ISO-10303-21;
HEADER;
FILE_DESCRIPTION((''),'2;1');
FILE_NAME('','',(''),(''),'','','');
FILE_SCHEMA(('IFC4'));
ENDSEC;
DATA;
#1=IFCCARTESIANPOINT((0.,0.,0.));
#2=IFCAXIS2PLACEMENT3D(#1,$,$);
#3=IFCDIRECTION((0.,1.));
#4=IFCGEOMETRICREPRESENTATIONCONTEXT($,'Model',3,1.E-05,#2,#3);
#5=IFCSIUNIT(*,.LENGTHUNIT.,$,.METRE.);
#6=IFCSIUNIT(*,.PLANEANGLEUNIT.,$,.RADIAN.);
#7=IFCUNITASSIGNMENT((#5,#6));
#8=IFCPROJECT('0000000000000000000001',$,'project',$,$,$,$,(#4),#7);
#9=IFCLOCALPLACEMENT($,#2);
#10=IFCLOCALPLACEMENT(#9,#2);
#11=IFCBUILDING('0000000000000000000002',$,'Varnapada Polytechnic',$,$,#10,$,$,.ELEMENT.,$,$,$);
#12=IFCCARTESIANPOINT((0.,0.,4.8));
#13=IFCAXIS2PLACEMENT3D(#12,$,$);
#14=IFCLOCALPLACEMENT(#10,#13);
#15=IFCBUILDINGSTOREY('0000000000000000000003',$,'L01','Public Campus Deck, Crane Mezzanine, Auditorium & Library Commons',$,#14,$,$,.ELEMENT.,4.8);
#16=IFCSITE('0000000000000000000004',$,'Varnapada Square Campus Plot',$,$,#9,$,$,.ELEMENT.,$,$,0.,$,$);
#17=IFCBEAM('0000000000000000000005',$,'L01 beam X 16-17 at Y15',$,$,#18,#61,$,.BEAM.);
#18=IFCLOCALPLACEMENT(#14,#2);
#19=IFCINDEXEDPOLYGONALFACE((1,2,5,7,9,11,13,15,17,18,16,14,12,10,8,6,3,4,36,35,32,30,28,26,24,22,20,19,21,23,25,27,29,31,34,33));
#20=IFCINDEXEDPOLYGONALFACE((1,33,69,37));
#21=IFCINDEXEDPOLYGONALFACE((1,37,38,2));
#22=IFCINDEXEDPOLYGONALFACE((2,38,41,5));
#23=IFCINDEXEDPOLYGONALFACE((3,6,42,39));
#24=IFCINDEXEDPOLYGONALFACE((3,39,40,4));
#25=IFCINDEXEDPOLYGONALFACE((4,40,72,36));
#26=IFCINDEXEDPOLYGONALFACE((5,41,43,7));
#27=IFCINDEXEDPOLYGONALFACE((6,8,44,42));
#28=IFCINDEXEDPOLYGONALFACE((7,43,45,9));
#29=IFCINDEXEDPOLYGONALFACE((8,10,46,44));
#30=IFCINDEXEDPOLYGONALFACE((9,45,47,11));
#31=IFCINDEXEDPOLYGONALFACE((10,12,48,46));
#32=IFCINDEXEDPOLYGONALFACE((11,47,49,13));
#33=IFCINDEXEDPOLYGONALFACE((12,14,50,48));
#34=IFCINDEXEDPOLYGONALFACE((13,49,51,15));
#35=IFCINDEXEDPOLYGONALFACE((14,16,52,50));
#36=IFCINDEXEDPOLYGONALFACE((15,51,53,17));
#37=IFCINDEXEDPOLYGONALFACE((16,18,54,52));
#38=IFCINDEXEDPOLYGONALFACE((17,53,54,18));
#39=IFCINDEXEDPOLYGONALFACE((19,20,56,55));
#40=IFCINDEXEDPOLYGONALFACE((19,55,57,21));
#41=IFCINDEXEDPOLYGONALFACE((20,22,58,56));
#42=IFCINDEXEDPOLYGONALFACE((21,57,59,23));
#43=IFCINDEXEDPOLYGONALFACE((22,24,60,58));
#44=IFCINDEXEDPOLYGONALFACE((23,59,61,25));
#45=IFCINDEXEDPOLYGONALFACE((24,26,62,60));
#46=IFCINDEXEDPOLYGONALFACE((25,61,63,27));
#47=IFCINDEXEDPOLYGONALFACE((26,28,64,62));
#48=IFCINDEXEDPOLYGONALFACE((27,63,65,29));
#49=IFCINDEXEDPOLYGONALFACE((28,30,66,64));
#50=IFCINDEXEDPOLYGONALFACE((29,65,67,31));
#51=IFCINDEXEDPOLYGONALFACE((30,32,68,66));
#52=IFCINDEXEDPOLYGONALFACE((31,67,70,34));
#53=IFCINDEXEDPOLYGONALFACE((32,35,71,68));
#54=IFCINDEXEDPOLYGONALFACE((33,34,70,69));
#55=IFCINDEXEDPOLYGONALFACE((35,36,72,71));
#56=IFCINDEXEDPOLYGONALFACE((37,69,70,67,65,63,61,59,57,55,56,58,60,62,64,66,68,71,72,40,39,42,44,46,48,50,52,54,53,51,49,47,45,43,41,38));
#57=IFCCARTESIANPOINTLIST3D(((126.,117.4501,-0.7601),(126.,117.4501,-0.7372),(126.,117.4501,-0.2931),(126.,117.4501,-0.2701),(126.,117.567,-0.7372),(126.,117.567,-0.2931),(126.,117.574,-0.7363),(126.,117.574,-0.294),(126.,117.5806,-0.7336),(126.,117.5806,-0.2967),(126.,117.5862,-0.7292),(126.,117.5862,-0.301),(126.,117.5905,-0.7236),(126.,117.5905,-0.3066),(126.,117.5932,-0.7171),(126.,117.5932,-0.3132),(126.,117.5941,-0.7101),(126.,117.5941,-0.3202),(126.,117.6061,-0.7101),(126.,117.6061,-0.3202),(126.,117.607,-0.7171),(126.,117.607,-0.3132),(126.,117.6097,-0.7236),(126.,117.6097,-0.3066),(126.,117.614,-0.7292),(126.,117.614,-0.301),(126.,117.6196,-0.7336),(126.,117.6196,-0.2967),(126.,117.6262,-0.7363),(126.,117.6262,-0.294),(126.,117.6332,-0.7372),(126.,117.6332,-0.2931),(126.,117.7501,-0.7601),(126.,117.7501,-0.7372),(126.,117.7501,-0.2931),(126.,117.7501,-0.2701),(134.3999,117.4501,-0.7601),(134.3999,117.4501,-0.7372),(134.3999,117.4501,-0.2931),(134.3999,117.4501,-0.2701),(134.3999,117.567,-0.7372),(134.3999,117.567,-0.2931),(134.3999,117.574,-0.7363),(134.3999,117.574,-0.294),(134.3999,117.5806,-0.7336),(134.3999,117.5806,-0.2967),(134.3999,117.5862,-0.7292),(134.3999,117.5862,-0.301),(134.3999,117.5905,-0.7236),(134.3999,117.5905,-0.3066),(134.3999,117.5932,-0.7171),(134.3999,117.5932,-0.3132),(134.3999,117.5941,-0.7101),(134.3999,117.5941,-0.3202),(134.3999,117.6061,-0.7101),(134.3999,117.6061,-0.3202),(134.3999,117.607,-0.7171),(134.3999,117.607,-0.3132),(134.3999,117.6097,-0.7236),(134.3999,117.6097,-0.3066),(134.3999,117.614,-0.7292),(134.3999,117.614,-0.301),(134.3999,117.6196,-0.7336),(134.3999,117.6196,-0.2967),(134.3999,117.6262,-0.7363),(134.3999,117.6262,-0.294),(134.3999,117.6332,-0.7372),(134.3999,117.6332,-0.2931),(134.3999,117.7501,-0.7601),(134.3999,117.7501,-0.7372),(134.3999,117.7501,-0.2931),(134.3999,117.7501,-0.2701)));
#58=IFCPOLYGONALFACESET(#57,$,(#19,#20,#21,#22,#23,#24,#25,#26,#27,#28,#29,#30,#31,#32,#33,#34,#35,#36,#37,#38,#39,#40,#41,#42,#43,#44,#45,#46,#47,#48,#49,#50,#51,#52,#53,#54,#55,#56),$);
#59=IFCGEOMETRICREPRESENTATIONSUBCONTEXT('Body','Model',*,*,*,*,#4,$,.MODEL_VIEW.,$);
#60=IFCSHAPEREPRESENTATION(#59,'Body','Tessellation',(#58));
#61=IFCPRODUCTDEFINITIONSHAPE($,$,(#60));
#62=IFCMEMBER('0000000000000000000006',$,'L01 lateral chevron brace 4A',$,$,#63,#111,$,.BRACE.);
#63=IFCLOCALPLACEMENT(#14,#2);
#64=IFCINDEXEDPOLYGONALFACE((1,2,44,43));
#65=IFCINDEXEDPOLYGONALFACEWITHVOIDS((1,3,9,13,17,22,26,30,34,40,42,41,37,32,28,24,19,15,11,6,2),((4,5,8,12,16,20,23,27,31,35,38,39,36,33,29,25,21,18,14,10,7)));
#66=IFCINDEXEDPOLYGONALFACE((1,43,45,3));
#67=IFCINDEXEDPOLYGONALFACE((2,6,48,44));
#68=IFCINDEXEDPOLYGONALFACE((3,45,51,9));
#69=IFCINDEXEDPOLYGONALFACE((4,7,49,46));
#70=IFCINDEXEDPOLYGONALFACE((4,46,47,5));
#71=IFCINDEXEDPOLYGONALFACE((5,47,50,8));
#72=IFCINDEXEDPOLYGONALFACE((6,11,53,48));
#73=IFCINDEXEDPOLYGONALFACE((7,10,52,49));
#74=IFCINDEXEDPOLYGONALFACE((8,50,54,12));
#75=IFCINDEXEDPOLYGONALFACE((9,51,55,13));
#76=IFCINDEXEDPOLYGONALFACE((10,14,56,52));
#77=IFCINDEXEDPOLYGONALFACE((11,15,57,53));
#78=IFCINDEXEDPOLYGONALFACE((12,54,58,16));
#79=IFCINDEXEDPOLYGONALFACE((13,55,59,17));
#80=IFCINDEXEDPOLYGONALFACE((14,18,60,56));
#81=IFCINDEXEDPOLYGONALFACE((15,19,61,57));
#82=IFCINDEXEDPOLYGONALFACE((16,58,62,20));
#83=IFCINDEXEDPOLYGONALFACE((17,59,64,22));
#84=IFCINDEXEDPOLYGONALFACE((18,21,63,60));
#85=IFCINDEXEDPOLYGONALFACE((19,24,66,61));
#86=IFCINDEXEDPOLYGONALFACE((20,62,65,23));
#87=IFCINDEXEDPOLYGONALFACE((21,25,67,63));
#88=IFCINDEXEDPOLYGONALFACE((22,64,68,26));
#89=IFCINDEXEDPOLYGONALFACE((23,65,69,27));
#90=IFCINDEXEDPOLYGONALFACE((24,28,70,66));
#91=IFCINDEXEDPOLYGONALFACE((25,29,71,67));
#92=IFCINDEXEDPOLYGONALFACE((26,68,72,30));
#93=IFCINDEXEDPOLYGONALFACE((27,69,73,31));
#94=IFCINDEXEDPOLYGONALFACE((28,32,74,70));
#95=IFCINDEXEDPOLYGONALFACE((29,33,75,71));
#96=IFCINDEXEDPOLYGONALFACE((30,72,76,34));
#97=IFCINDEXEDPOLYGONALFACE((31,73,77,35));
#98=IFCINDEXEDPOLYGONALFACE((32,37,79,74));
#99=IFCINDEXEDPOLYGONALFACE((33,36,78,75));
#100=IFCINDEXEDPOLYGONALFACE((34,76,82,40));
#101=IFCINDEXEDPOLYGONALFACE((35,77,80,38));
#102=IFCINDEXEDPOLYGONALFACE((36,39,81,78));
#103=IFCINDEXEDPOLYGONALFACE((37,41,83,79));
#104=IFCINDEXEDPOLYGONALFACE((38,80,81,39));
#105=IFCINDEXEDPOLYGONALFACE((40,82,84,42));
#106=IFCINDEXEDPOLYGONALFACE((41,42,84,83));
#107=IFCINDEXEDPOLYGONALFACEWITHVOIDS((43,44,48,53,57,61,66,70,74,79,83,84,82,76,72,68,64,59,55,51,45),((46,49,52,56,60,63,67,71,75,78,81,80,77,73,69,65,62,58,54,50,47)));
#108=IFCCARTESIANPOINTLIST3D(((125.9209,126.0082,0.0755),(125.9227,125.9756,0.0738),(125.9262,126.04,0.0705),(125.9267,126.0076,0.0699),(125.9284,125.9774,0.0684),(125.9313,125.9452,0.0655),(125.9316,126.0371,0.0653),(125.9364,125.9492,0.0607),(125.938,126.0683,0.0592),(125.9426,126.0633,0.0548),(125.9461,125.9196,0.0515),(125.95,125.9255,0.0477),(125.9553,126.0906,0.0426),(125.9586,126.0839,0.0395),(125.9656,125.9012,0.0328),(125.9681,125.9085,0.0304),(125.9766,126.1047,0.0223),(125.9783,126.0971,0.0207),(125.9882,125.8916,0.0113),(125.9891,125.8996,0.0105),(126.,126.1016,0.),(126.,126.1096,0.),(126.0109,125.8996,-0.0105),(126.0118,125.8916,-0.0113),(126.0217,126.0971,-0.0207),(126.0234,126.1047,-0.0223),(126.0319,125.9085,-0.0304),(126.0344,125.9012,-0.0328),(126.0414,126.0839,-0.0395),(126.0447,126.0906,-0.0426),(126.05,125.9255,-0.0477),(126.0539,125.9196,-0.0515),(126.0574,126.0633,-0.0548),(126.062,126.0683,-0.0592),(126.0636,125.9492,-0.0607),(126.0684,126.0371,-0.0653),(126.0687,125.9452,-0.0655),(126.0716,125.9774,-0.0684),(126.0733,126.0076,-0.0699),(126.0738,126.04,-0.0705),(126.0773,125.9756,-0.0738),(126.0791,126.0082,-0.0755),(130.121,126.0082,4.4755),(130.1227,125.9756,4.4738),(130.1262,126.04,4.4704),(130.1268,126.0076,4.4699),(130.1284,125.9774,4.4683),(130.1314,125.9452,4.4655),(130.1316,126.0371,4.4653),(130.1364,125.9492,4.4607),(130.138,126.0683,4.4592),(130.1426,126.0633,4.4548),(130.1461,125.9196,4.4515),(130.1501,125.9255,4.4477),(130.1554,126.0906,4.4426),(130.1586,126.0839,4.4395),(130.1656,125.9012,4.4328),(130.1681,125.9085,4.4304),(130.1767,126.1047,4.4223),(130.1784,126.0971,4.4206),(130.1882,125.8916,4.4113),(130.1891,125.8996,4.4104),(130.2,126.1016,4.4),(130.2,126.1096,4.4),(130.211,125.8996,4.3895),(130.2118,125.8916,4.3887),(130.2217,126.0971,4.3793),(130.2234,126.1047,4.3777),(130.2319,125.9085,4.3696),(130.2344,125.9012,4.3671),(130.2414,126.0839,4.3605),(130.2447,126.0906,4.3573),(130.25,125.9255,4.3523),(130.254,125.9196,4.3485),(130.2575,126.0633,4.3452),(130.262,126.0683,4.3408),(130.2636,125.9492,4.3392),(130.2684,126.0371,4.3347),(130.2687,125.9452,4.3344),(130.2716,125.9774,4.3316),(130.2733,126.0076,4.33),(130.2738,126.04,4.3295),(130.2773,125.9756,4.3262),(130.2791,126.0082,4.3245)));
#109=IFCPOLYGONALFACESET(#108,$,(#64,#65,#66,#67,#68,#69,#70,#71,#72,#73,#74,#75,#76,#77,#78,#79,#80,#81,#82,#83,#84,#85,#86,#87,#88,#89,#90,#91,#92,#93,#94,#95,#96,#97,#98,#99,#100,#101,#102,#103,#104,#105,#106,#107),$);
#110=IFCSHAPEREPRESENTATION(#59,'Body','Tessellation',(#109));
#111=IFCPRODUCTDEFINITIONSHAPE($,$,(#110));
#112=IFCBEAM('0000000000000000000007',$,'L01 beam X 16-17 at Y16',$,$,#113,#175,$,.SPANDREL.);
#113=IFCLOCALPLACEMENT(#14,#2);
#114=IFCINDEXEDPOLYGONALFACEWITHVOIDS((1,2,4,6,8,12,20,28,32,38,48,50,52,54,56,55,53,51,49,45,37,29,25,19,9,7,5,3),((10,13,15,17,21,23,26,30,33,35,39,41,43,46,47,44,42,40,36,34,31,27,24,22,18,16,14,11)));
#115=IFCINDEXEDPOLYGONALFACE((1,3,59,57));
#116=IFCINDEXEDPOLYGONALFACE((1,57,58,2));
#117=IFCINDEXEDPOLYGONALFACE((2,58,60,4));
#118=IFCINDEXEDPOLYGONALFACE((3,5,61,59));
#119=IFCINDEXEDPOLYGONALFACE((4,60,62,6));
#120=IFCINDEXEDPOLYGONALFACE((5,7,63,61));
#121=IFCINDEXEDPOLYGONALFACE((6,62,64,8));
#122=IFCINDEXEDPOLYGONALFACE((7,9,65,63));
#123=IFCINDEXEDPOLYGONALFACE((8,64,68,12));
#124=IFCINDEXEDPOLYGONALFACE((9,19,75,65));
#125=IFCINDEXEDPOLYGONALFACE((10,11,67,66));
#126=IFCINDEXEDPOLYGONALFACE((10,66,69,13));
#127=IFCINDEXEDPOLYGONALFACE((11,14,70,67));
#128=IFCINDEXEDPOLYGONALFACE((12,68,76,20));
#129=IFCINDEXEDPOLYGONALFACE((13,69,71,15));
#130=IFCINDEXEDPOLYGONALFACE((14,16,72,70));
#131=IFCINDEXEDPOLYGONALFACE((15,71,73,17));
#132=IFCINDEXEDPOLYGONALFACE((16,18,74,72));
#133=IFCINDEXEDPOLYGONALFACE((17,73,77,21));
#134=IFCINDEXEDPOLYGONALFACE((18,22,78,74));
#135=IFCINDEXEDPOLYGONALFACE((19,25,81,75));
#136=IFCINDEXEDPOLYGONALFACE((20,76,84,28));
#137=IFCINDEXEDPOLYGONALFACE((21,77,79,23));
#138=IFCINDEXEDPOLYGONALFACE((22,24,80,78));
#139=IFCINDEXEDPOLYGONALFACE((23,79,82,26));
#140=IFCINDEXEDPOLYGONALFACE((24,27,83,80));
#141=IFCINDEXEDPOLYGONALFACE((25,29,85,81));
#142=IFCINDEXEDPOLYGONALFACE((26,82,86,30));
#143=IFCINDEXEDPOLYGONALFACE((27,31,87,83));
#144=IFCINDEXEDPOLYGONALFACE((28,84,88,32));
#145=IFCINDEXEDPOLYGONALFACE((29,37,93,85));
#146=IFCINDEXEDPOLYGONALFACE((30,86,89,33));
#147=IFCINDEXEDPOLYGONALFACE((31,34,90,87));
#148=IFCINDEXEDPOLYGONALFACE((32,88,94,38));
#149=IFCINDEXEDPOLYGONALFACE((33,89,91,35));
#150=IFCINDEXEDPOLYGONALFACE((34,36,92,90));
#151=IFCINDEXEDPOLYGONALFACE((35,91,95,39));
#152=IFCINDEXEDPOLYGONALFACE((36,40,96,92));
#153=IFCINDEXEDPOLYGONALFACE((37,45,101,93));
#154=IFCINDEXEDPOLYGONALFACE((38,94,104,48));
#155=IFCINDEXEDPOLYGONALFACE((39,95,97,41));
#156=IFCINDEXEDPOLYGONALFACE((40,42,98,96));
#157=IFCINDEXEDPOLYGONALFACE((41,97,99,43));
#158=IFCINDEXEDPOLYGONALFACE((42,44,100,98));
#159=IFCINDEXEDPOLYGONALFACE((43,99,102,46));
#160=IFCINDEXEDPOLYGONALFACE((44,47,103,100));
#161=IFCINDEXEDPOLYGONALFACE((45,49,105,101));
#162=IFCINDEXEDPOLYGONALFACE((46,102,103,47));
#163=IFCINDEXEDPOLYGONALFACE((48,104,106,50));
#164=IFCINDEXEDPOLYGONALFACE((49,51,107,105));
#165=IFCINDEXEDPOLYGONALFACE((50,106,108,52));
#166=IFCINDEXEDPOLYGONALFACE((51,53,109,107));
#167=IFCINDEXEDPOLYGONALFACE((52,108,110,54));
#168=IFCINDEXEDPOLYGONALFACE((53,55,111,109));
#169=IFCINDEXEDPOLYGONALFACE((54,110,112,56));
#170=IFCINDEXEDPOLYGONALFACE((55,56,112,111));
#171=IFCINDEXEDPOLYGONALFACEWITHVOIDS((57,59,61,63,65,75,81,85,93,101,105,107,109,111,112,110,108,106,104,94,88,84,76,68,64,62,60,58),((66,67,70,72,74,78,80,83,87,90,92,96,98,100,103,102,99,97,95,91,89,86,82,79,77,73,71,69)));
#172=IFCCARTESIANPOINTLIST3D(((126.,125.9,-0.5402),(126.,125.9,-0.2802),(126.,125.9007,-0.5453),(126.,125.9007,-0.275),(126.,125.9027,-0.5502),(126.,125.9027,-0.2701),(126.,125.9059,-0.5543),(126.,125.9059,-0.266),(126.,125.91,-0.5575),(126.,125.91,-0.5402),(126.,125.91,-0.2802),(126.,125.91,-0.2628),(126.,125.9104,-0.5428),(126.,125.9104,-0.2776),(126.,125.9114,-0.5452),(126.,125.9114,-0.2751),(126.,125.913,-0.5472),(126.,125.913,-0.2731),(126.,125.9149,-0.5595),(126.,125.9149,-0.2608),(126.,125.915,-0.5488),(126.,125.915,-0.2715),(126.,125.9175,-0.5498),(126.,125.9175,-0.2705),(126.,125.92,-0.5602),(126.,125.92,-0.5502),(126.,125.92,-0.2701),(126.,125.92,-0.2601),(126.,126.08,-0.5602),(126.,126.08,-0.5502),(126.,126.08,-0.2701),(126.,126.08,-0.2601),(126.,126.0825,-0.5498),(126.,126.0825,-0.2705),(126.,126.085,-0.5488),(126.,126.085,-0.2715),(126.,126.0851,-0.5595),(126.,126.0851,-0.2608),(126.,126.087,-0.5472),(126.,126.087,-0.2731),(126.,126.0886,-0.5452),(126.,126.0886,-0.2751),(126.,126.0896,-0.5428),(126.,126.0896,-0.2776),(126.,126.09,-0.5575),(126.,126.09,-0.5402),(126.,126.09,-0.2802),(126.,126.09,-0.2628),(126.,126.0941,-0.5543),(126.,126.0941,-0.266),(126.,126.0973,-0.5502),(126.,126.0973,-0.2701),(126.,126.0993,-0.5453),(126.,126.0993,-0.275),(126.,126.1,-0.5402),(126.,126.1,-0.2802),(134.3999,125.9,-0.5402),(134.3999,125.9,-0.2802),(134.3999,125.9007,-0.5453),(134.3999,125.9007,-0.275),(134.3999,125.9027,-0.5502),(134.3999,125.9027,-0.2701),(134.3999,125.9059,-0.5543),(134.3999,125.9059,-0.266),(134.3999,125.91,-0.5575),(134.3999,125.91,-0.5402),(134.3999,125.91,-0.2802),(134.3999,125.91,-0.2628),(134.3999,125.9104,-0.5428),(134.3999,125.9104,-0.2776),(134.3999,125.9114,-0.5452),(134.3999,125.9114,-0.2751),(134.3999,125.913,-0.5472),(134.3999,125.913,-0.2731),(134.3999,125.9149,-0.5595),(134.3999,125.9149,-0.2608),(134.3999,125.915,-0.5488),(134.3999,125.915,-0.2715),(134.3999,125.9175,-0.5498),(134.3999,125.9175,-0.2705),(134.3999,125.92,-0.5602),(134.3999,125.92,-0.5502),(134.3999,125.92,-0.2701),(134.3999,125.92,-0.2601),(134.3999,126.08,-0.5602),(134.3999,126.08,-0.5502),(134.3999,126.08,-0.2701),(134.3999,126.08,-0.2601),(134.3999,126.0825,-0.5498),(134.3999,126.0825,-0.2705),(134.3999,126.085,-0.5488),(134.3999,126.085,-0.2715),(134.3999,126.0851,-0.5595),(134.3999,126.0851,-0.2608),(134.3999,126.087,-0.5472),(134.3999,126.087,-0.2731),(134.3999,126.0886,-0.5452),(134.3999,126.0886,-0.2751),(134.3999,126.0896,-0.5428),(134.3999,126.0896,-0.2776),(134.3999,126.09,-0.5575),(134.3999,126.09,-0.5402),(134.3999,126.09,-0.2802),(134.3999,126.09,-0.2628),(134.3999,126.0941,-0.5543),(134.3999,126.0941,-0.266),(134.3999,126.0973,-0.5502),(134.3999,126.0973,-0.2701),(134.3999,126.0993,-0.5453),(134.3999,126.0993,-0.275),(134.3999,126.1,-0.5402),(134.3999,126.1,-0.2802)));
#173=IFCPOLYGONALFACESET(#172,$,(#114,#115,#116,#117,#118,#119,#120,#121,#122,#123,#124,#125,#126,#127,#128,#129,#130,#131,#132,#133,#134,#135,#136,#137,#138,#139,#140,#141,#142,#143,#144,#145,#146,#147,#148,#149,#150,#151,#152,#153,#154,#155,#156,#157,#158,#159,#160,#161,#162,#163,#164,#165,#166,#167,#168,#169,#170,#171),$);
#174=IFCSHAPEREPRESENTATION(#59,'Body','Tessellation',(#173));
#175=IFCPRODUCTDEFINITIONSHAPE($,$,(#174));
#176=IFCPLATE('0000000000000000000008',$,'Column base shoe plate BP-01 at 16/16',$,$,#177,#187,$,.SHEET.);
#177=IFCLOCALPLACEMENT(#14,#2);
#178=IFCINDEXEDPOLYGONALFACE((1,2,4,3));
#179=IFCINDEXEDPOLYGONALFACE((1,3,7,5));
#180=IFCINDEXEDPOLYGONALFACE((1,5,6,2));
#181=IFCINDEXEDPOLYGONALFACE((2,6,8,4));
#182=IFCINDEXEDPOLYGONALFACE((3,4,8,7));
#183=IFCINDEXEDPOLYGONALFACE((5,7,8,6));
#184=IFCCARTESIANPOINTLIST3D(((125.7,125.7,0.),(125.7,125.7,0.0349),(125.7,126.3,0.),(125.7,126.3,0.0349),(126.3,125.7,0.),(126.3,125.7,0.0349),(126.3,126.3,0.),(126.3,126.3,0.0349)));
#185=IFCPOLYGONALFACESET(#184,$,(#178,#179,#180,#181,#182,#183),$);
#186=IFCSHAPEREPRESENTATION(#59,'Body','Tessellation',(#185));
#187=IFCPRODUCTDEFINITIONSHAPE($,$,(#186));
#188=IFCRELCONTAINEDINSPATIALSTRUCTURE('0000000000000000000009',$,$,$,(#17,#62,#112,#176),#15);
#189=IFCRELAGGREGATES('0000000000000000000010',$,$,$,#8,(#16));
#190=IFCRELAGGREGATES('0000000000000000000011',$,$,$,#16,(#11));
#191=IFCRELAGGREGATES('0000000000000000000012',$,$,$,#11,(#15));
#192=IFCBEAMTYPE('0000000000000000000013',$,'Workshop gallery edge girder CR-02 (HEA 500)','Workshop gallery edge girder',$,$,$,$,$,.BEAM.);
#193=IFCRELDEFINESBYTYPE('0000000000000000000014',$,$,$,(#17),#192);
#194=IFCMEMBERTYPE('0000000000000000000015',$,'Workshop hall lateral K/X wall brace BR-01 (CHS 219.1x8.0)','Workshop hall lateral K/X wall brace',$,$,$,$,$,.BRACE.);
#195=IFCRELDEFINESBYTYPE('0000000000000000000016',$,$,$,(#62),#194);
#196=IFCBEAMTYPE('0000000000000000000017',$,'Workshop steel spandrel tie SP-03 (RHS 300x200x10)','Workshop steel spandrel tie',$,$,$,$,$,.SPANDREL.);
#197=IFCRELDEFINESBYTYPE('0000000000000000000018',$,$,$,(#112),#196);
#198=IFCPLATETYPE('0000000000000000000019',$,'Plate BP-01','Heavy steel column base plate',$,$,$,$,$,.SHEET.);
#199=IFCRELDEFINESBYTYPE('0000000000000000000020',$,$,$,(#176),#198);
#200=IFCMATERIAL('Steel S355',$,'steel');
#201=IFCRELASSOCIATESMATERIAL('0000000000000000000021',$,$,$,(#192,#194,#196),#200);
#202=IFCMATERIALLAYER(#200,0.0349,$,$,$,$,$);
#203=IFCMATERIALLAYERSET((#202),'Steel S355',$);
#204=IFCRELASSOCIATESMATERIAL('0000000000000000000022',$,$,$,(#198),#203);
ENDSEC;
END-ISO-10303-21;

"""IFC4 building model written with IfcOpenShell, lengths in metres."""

from ifc_helpers import new_model, si_unit, direction, frame, origin, origin_2d, place, context, subcontext, project, spatial, rectangle, hollow_rectangle, hollow_circle, i_section, extrude, material, layer, layer_set, material_profile, profile_set, type_object, element, save


model = new_model("IFC4")

# Units and contexts
model_context = context("Model", 3, precision=1e-05, world=origin(), true_north=direction((0.0, 1.0)))
body_context = subcontext(model_context, "Body", "Model", "MODEL_VIEW")
ifc_project = project(units=[si_unit("LENGTHUNIT", "METRE"), si_unit("PLANEANGLEUNIT", "RADIAN")], contexts=[model_context])

# Site, building, storey
site_placement = place(None, origin())
site = spatial("IfcSite", under=ifc_project, at=site_placement, Name="Varnapada Square Campus Plot", CompositionType="ELEMENT", RefElevation=0.0)
building_placement = place(site_placement, origin())
building = spatial("IfcBuilding", under=site, at=building_placement, Name="Varnapada Polytechnic", CompositionType="ELEMENT")
storey_placement = place(building_placement, frame((0.0, 0.0, 4.8)))
storey = spatial("IfcBuildingStorey", under=building, at=storey_placement, Name="L01", Description="Public Campus Deck, Crane Mezzanine, Auditorium & Library Commons", CompositionType="ELEMENT", Elevation=4.8)

# Shared definitions
ifc_material_1 = material(Name="Steel S355", Category="steel")

# Beam
ifc_material_profile_1 = material_profile(ifc_material_1, i_section(OverallWidth=0.3, OverallDepth=0.49, WebThickness=0.012, FlangeThickness=0.0229, FilletRadius=0.0271, at=origin_2d()), Name="HEA 500")
ifc_profile_set_1 = profile_set([ifc_material_profile_1], Name="Steel S355")
beam_type_1 = type_object("IfcBeamType", Name="Workshop gallery edge girder CR-02 (HEA 500)", Description="Workshop gallery edge girder", PredefinedType="BEAM", material=ifc_profile_set_1)
beam_1_placement = place(storey_placement, frame((126.0, 117.6001, -0.5151), z_axis=(1.0, 0.0, 0.0), x_axis=(0.0, 1.0, 0.0)))
element("IfcBeam", 1, at=beam_1_placement, inside=storey, type_object=beam_type_1, Name="L01 beam X 16-17 at Y15", PredefinedType="BEAM", context=body_context, shape_type="SweptSolid", body=[
    extrude(i_section(OverallWidth=0.3, OverallDepth=0.49, WebThickness=0.012, FlangeThickness=0.0229, FilletRadius=0.0271, at=origin_2d()), origin(), (0.0, 0.0, 1.0), 8.3999),
])

# Member
ifc_material_profile_2 = material_profile(ifc_material_1, hollow_circle(Radius=0.1096, WallThickness=0.0081, at=origin_2d()), Name="CHS 219.1x8.0")
ifc_profile_set_2 = profile_set([ifc_material_profile_2], Name="Steel S355")
member_type = type_object("IfcMemberType", Name="Workshop hall lateral K/X wall brace BR-01 (CHS 219.1x8.0)", Description="Workshop hall lateral K/X wall brace", PredefinedType="BRACE", material=ifc_profile_set_2)
member_placement = place(storey_placement, frame((126.0, 126.0, 0.0), z_axis=(0.69048, 0.0, 0.723352), x_axis=(0.0, 1.0, 0.0)))
element("IfcMember", 2, at=member_placement, inside=storey, type_object=member_type, Name="L01 lateral chevron brace 4A", PredefinedType="BRACE", context=body_context, shape_type="SweptSolid", body=[
    extrude(hollow_circle(Radius=0.1096, WallThickness=0.0081, at=origin_2d()), origin(), (0.0, 0.0, 1.0), 6.0828),
])

# Beam
ifc_material_profile_3 = material_profile(ifc_material_1, hollow_rectangle(XDim=0.2, YDim=0.3, WallThickness=0.01, InnerFilletRadius=0.01, OuterFilletRadius=0.02, at=origin_2d()), Name="RHS 300x200x10")
ifc_profile_set_3 = profile_set([ifc_material_profile_3], Name="Steel S355")
beam_type_2 = type_object("IfcBeamType", Name="Workshop steel spandrel tie SP-03 (RHS 300x200x10)", Description="Workshop steel spandrel tie", PredefinedType="SPANDREL", material=ifc_profile_set_3)
beam_2_placement = place(storey_placement, frame((126.0, 126.0, -0.4102), z_axis=(1.0, 0.0, 0.0), x_axis=(0.0, 1.0, 0.0)))
element("IfcBeam", 3, at=beam_2_placement, inside=storey, type_object=beam_type_2, Name="L01 beam X 16-17 at Y16", PredefinedType="SPANDREL", context=body_context, shape_type="SweptSolid", body=[
    extrude(hollow_rectangle(XDim=0.2, YDim=0.3, WallThickness=0.01, InnerFilletRadius=0.01, OuterFilletRadius=0.02, at=origin_2d()), origin(), (0.0, 0.0, 1.0), 8.3999),
])

# Plate
ifc_layer_1 = layer(ifc_material_1, 0.0349)
ifc_layer_set_1 = layer_set([ifc_layer_1], Name="Steel S355")
plate_type_1 = type_object("IfcPlateType", Name="Plate BP-01", Description="Heavy steel column base plate", PredefinedType="SHEET", material=ifc_layer_set_1)
plate_placement = place(storey_placement, frame((126.0, 126.0, 0.0), z_axis=(0.0, 0.0, 1.0), x_axis=(1.0, 0.0, 0.0)))
element("IfcPlate", 4, at=plate_placement, inside=storey, type_object=plate_type_1, Name="Column base shoe plate BP-01 at 16/16", PredefinedType="SHEET", context=body_context, shape_type="SweptSolid", body=[
    extrude(rectangle(XDim=0.6001, YDim=0.6001, at=origin_2d()), origin(), (0.0, 0.0, 1.0), 0.0349),
])

save(model, "model.ifc")
